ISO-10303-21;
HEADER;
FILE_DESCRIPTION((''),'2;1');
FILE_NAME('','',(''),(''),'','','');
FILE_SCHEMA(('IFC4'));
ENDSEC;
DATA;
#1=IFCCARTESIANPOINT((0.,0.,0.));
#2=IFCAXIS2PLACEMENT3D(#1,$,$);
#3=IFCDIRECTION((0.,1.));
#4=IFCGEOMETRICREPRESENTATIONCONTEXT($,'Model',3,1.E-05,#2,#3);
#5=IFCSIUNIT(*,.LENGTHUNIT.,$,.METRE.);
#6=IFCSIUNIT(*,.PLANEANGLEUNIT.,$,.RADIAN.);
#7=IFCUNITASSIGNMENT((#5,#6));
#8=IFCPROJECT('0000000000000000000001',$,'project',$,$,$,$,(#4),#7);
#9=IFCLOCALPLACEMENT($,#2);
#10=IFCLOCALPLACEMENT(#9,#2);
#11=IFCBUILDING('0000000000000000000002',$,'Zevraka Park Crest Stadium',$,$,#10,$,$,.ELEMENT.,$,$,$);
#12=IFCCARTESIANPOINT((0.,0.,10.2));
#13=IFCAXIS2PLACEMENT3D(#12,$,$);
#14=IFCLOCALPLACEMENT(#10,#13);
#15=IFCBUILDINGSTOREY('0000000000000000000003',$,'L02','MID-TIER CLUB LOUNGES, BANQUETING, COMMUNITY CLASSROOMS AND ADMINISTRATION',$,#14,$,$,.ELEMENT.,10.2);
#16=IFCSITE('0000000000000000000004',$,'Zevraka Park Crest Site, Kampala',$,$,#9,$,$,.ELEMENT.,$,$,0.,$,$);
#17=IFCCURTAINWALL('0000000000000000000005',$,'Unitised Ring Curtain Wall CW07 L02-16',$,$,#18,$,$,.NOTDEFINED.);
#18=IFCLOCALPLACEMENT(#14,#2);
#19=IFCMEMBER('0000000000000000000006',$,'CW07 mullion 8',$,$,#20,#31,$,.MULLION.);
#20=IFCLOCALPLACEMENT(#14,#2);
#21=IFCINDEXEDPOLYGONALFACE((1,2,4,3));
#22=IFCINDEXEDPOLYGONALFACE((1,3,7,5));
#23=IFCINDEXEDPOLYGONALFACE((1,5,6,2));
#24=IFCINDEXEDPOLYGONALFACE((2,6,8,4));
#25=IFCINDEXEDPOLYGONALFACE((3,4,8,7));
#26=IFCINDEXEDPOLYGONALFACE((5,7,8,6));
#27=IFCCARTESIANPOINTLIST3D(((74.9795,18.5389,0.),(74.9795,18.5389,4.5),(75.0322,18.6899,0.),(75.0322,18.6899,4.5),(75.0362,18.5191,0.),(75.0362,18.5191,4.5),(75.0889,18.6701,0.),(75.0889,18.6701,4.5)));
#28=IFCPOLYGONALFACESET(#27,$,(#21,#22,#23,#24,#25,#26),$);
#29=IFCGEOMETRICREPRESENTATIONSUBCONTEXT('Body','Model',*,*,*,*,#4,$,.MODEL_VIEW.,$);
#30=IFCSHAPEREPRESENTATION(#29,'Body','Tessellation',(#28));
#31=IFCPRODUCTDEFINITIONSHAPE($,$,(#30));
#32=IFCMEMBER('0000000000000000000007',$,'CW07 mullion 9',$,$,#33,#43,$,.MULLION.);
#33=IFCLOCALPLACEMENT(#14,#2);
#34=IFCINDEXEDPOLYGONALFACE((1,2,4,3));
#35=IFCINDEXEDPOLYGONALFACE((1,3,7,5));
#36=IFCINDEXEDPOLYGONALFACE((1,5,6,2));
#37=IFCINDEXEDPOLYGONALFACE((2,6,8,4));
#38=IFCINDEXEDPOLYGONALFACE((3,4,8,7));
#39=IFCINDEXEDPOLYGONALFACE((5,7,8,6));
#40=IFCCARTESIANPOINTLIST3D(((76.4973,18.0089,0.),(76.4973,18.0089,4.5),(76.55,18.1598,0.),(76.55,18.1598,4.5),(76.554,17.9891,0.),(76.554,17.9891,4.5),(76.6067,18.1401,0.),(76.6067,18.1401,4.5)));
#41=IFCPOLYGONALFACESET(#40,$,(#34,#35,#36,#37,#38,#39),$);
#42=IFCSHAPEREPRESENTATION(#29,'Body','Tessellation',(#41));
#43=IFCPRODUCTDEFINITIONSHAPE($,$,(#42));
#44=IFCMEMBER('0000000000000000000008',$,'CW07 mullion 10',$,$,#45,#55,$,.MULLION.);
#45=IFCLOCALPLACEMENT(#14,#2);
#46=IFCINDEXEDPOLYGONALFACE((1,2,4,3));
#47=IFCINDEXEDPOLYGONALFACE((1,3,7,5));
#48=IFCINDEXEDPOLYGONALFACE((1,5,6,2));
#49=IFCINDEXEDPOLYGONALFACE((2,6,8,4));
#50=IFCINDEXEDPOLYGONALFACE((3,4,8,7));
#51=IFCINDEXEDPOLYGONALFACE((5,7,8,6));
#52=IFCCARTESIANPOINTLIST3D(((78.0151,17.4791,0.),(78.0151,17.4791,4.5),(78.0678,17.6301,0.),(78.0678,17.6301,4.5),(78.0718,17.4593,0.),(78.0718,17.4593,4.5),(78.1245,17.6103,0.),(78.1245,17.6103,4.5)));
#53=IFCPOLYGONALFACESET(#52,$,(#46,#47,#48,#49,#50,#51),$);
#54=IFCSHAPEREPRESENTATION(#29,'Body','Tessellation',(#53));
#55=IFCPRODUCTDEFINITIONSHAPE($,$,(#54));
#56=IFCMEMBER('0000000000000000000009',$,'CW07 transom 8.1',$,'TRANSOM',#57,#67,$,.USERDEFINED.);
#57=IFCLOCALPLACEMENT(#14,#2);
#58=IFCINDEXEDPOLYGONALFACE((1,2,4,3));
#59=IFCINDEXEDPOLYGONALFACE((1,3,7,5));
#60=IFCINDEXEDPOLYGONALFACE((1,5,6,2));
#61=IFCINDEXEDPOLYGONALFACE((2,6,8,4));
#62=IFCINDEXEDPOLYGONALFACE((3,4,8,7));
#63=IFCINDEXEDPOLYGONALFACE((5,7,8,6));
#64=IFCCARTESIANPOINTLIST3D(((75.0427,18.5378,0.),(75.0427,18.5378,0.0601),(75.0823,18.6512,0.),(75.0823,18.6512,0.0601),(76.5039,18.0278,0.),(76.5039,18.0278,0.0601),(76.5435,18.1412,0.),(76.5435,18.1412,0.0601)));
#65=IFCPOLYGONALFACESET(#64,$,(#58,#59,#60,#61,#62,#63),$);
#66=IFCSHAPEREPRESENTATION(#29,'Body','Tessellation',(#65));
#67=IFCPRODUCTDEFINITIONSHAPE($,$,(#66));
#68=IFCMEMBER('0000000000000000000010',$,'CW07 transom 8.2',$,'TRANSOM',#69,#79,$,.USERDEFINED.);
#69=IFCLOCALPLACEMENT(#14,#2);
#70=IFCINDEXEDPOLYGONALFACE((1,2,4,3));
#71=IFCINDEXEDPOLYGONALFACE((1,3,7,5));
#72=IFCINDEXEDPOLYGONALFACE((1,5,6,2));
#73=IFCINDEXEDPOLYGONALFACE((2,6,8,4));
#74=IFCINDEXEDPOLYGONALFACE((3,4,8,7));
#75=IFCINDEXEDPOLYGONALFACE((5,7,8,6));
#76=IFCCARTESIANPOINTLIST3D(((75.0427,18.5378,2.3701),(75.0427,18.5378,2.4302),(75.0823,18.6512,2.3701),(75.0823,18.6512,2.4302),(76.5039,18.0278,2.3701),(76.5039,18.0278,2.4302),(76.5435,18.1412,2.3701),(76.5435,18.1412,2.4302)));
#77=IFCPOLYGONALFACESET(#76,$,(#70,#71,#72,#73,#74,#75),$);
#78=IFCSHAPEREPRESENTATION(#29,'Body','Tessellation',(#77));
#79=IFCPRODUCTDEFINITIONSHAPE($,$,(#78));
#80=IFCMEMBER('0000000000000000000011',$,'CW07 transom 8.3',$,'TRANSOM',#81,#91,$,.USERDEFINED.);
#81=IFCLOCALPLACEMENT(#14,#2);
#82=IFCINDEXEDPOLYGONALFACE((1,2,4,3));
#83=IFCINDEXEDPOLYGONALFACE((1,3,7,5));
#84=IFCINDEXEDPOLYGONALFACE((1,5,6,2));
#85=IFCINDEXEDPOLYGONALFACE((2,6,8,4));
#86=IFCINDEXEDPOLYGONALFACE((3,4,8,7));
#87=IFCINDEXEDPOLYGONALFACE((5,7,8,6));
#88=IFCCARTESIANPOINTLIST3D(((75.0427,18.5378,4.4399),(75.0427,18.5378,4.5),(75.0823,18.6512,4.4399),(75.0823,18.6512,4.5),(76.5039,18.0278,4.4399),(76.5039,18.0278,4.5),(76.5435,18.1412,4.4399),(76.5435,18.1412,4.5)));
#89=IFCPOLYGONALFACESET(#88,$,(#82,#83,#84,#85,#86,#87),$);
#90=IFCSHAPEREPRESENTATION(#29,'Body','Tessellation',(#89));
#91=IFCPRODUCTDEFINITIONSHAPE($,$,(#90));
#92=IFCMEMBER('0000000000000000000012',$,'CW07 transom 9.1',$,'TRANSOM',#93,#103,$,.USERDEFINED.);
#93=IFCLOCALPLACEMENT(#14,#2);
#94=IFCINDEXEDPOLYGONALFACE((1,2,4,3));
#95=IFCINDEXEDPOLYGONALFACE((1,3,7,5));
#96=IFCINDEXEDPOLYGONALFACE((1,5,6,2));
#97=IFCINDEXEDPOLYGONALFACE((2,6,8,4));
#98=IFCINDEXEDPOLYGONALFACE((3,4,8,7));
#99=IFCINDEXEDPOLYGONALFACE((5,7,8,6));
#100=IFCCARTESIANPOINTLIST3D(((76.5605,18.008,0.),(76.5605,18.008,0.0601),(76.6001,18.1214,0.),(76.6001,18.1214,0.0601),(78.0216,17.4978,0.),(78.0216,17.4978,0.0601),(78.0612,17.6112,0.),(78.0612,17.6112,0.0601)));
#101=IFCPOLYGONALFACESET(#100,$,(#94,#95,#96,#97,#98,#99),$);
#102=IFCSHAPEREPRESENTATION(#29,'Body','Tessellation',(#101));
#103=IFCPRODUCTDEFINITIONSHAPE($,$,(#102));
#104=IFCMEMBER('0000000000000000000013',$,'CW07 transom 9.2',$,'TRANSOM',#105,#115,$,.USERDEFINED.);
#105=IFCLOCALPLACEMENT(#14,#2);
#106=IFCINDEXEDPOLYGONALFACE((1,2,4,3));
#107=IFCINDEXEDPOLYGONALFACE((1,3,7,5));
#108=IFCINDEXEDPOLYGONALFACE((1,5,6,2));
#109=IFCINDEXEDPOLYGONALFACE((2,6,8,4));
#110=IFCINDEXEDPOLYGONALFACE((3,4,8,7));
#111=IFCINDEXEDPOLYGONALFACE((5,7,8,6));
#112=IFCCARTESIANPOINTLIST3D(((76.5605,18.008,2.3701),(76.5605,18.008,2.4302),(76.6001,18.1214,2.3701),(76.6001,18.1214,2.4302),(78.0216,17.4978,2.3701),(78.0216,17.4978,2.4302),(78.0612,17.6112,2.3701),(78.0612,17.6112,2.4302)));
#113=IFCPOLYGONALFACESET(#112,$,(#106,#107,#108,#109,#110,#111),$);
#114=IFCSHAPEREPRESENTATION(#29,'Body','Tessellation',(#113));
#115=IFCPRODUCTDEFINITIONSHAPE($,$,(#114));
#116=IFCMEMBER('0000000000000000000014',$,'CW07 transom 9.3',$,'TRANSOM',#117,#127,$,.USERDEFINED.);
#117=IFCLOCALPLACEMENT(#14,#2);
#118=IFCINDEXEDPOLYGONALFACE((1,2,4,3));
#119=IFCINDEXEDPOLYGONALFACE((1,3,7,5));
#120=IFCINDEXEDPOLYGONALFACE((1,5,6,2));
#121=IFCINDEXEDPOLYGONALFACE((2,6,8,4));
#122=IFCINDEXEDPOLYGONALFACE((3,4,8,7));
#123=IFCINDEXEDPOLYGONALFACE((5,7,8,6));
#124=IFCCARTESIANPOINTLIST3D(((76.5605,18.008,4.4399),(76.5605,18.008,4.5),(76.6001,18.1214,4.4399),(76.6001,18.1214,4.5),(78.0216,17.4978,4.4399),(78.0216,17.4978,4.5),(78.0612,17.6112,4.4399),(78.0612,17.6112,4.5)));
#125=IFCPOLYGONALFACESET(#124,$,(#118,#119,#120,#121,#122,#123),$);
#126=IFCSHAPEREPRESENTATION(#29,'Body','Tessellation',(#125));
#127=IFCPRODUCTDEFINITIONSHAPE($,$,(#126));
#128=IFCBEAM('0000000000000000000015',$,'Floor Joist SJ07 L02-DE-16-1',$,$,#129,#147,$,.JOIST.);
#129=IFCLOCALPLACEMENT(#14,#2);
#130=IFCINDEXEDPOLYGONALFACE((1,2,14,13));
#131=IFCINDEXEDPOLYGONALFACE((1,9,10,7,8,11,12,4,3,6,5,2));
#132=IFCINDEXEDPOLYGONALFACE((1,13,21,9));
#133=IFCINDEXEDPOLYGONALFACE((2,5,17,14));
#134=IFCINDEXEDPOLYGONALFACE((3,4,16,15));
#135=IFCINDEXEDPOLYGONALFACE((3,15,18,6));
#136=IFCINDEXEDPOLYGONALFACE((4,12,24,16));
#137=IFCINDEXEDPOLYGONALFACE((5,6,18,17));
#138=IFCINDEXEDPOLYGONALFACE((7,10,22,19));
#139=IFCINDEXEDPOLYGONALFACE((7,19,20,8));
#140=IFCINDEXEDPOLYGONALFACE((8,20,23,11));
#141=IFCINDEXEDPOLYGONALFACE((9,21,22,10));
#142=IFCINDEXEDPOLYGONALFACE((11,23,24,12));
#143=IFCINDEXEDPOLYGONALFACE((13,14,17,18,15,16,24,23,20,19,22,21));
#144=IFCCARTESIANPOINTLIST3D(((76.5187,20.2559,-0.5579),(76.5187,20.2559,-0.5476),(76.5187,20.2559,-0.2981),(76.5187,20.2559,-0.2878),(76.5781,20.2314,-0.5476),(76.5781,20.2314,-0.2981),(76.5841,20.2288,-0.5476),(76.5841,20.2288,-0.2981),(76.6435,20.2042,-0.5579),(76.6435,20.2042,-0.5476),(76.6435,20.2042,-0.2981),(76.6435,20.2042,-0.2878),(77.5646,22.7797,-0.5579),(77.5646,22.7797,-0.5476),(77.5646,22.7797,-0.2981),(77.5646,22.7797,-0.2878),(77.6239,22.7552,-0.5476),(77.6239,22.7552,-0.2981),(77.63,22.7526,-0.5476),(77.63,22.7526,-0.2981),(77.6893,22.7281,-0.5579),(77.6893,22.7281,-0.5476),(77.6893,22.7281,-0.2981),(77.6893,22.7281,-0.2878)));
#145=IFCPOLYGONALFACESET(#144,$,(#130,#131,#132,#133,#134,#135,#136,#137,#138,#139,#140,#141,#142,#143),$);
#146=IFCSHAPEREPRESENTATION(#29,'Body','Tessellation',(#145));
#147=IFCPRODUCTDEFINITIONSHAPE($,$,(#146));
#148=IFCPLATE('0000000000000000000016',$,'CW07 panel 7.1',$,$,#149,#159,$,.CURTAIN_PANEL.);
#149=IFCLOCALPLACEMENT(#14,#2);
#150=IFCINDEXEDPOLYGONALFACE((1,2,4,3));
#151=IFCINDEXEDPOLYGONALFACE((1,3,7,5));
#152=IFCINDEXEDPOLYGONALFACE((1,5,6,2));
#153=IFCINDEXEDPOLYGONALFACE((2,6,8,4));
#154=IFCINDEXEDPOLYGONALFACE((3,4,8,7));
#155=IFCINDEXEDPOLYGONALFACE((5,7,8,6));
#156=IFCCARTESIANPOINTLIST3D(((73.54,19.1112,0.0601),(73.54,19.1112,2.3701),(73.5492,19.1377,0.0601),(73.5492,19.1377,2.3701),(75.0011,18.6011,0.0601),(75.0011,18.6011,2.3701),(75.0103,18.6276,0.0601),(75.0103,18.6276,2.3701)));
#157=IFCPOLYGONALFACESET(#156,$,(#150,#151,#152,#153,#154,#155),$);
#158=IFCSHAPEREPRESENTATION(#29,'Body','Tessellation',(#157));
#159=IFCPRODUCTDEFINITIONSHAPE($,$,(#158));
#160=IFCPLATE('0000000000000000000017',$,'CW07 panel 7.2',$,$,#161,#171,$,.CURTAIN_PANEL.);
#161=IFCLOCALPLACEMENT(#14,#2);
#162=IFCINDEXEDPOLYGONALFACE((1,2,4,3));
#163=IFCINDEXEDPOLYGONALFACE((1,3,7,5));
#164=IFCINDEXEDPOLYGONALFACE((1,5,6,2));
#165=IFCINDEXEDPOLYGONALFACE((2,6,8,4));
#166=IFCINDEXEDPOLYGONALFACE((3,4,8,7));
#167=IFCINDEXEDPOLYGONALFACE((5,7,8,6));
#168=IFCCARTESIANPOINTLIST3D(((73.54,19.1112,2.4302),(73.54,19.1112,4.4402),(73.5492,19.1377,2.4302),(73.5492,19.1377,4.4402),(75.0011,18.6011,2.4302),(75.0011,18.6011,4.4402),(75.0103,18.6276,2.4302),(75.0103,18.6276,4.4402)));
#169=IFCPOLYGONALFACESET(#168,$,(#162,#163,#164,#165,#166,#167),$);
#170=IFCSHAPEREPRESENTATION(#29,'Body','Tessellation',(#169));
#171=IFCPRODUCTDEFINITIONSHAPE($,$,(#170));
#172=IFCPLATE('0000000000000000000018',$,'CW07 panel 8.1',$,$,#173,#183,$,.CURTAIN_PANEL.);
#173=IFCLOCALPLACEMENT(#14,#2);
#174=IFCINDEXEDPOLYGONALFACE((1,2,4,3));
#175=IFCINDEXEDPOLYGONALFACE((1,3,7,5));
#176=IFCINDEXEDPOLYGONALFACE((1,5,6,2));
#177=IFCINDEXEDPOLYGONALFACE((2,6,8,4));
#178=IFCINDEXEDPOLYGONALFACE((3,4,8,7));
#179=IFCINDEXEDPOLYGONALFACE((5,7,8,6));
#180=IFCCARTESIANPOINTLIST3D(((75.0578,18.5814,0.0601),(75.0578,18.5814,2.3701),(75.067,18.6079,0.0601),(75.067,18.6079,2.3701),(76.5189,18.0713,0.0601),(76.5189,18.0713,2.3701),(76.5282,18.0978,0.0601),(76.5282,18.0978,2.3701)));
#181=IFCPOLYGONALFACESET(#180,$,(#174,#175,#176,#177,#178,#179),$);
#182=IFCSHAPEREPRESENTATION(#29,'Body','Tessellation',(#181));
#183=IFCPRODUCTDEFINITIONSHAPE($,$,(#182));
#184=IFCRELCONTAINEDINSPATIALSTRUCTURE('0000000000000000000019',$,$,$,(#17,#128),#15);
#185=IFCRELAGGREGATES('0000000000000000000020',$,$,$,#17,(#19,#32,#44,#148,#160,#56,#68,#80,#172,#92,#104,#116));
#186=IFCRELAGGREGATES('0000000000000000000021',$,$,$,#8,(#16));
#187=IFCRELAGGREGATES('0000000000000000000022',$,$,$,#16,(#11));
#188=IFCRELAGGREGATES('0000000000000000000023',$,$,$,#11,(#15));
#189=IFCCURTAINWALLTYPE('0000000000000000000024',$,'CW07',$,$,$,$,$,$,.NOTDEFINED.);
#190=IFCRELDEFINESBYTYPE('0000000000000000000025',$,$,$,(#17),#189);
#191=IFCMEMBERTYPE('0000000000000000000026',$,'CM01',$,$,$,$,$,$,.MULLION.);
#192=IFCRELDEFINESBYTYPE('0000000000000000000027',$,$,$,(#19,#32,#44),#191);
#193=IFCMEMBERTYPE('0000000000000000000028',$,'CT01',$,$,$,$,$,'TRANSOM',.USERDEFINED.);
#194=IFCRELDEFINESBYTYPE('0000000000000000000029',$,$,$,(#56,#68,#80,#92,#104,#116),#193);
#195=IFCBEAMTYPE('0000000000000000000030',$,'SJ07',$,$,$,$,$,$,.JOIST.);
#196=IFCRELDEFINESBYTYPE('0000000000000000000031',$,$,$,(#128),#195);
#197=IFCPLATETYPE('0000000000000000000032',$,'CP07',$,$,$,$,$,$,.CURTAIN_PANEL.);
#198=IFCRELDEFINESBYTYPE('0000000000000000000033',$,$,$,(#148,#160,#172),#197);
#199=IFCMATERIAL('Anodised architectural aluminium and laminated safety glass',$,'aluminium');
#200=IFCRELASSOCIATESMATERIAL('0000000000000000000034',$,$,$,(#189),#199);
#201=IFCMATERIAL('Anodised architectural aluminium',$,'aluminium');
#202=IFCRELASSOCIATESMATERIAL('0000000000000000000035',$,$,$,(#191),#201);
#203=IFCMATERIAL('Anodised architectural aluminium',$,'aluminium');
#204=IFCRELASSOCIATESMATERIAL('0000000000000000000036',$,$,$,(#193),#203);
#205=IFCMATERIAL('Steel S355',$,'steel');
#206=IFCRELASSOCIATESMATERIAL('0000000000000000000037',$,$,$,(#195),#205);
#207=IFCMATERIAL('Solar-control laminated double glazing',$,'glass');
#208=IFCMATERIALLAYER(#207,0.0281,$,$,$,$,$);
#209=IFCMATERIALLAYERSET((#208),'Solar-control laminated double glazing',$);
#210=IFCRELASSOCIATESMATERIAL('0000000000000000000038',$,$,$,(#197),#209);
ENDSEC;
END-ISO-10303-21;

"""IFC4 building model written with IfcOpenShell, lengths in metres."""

from ifc_helpers import new_model, si_unit, direction, frame, origin, origin_2d, place, context, subcontext, project, spatial, rectangle, i_section, extrude, material, layer, layer_set, material_profile, profile_set, type_object, element, aggregate, save


model = new_model("IFC4")

# Units and contexts
model_context = context("Model", 3, precision=1e-05, world=origin(), true_north=direction((0.0, 1.0)))
body_context = subcontext(model_context, "Body", "Model", "MODEL_VIEW")
ifc_project = project(units=[si_unit("LENGTHUNIT", "METRE"), si_unit("PLANEANGLEUNIT", "RADIAN")], contexts=[model_context])

# Site, building, storey
site_placement = place(None, origin())
site = spatial("IfcSite", under=ifc_project, at=site_placement, Name="Zevraka Park Crest Site, Kampala", CompositionType="ELEMENT", RefElevation=0.0)
building_placement = place(site_placement, origin())
building = spatial("IfcBuilding", under=site, at=building_placement, Name="Zevraka Park Crest Stadium", CompositionType="ELEMENT")
storey_placement = place(building_placement, frame((0.0, 0.0, 10.2)))
storey = spatial("IfcBuildingStorey", under=building, at=storey_placement, Name="L02", Description="MID-TIER CLUB LOUNGES, BANQUETING, COMMUNITY CLASSROOMS AND ADMINISTRATION", CompositionType="ELEMENT", Elevation=10.2)

# Curtain wall, members
ifc_material_1 = material(Name="Anodised architectural aluminium and laminated safety glass", Category="aluminium")
curtain_wall_type = type_object("IfcCurtainWallType", Name="CW07", PredefinedType="NOTDEFINED", material=ifc_material_1)
curtain_wall_placement = place(storey_placement, origin())
curtain_wall = element("IfcCurtainWall", 1, at=curtain_wall_placement, inside=storey, type_object=curtain_wall_type, Name="Unitised Ring Curtain Wall CW07 L02-16", PredefinedType="NOTDEFINED")
ifc_material_2 = material(Name="Anodised architectural aluminium", Category="aluminium")
ifc_material_profile_1 = material_profile(ifc_material_2, rectangle(XDim=0.1599, YDim=0.0601, at=origin_2d()), Name="ALU MULLION 160x60")
ifc_profile_set_1 = profile_set([ifc_material_profile_1], Name="Anodised architectural aluminium")
member_type_1 = type_object("IfcMemberType", Name="CM01", PredefinedType="MULLION", material=ifc_profile_set_1)
member_1_placement = place(storey_placement, frame((75.0342, 18.6045, 0.0), z_axis=(0.0, 0.0, 1.0), x_axis=(0.329619, 0.944114, 0.0)))
member_1 = element("IfcMember", 2, at=member_1_placement, type_object=member_type_1, Name="CW07 mullion 8", PredefinedType="MULLION", context=body_context, shape_type="SweptSolid", body=[
    extrude(rectangle(XDim=0.1599, YDim=0.0601, at=origin_2d()), origin(), (0.0, 0.0, 1.0), 4.5),
])
member_2_placement = place(storey_placement, frame((76.552, 18.0745, 0.0), z_axis=(0.0, 0.0, 1.0), x_axis=(0.329619, 0.944114, 0.0)))
member_2 = element("IfcMember", 3, at=member_2_placement, type_object=member_type_1, Name="CW07 mullion 9", PredefinedType="MULLION", context=body_context, shape_type="SweptSolid", body=[
    extrude(rectangle(XDim=0.1599, YDim=0.0601, at=origin_2d()), origin(), (0.0, 0.0, 1.0), 4.5),
])
member_3_placement = place(storey_placement, frame((78.0698, 17.5447, 0.0), z_axis=(0.0, 0.0, 1.0), x_axis=(0.329619, 0.944114, 0.0)))
member_3 = element("IfcMember", 4, at=member_3_placement, type_object=member_type_1, Name="CW07 mullion 10", PredefinedType="MULLION", context=body_context, shape_type="SweptSolid", body=[
    extrude(rectangle(XDim=0.1599, YDim=0.0601, at=origin_2d()), origin(), (0.0, 0.0, 1.0), 4.5),
])
ifc_material_3 = material(Name="Anodised architectural aluminium", Category="aluminium")
ifc_material_profile_2 = material_profile(ifc_material_3, rectangle(XDim=0.1201, YDim=0.0601, at=origin_2d()), Name="ALU TRANSOM 120x60")
ifc_profile_set_2 = profile_set([ifc_material_profile_2], Name="Anodised architectural aluminium")
member_type_2 = type_object("IfcMemberType", Name="CT01", ElementType="TRANSOM", PredefinedType="USERDEFINED", material=ifc_profile_set_2)
member_4_placement = place(storey_placement, frame((75.0625, 18.5945, 0.03), z_axis=(0.944141, -0.329542, 0.0), x_axis=(0.329542, 0.944141, 0.0)))
member_4 = element("IfcMember", 5, at=member_4_placement, type_object=member_type_2, Name="CW07 transom 8.1", ObjectType="TRANSOM", PredefinedType="USERDEFINED", context=body_context, shape_type="SweptSolid", body=[
    extrude(rectangle(XDim=0.1201, YDim=0.0601, at=origin_2d()), origin(), (0.0, 0.0, 1.0), 1.5476),
])
member_5_placement = place(storey_placement, frame((75.0625, 18.5945, 2.4001), z_axis=(0.944141, -0.329542, 0.0), x_axis=(0.329542, 0.944141, 0.0)))
member_5 = element("IfcMember", 6, at=member_5_placement, type_object=member_type_2, Name="CW07 transom 8.2", ObjectType="TRANSOM", PredefinedType="USERDEFINED", context=body_context, shape_type="SweptSolid", body=[
    extrude(rectangle(XDim=0.1201, YDim=0.0601, at=origin_2d()), origin(), (0.0, 0.0, 1.0), 1.5476),
])
member_6_placement = place(storey_placement, frame((75.0625, 18.5945, 4.47), z_axis=(0.944141, -0.329542, 0.0), x_axis=(0.329542, 0.944141, 0.0)))
member_6 = element("IfcMember", 7, at=member_6_placement, type_object=member_type_2, Name="CW07 transom 8.3", ObjectType="TRANSOM", PredefinedType="USERDEFINED", context=body_context, shape_type="SweptSolid", body=[
    extrude(rectangle(XDim=0.1201, YDim=0.0601, at=origin_2d()), origin(), (0.0, 0.0, 1.0), 1.5476),
])
member_7_placement = place(storey_placement, frame((76.5803, 18.0647, 0.03), z_axis=(0.944092, -0.329683, 0.0), x_axis=(0.329683, 0.944092, 0.0)))
member_7 = element("IfcMember", 8, at=member_7_placement, type_object=member_type_2, Name="CW07 transom 9.1", ObjectType="TRANSOM", PredefinedType="USERDEFINED", context=body_context, shape_type="SweptSolid", body=[
    extrude(rectangle(XDim=0.1201, YDim=0.0601, at=origin_2d()), origin(), (0.0, 0.0, 1.0), 1.5476),
])
member_8_placement = place(storey_placement, frame((76.5803, 18.0647, 2.4001), z_axis=(0.944092, -0.329683, 0.0), x_axis=(0.329683, 0.944092, 0.0)))
member_8 = element("IfcMember", 9, at=member_8_placement, type_object=member_type_2, Name="CW07 transom 9.2", ObjectType="TRANSOM", PredefinedType="USERDEFINED", context=body_context, shape_type="SweptSolid", body=[
    extrude(rectangle(XDim=0.1201, YDim=0.0601, at=origin_2d()), origin(), (0.0, 0.0, 1.0), 1.5476),
])
member_9_placement = place(storey_placement, frame((76.5803, 18.0647, 4.47), z_axis=(0.944092, -0.329683, 0.0), x_axis=(0.329683, 0.944092, 0.0)))
member_9 = element("IfcMember", 10, at=member_9_placement, type_object=member_type_2, Name="CW07 transom 9.3", ObjectType="TRANSOM", PredefinedType="USERDEFINED", context=body_context, shape_type="SweptSolid", body=[
    extrude(rectangle(XDim=0.1201, YDim=0.0601, at=origin_2d()), origin(), (0.0, 0.0, 1.0), 1.5476),
])

# Beam
ifc_material_4 = material(Name="Steel S355", Category="steel")
ifc_material_profile_3 = material_profile(ifc_material_4, i_section(OverallWidth=0.135, OverallDepth=0.27, WebThickness=0.0066, FlangeThickness=0.0103, at=origin_2d()), Name="IPE 270")
ifc_profile_set_3 = profile_set([ifc_material_profile_3], Name="Steel S355")
beam_type = type_object("IfcBeamType", Name="SJ07", PredefinedType="JOIST", material=ifc_profile_set_3)
beam_placement = place(storey_placement, frame((77.627, 22.7539, -0.4229), z_axis=(-0.382825, -0.923821, 0.0), x_axis=(0.923821, -0.382825, 0.0)))
element("IfcBeam", 11, at=beam_placement, inside=storey, type_object=beam_type, Name="Floor Joist SJ07 L02-DE-16-1", PredefinedType="JOIST", context=body_context, shape_type="SweptSolid", body=[
    extrude(i_section(OverallWidth=0.135, OverallDepth=0.27, WebThickness=0.0066, FlangeThickness=0.0103, at=origin_2d()), origin(), (0.0, 0.0, 1.0), 2.7319),
])

# Plates
ifc_material_5 = material(Name="Solar-control laminated double glazing", Category="glass")
ifc_layer_1 = layer(ifc_material_5, 0.0281)
ifc_layer_set_1 = layer_set([ifc_layer_1], Name="Solar-control laminated double glazing")
plate_type = type_object("IfcPlateType", Name="CP07", PredefinedType="CURTAIN_PANEL", material=ifc_layer_set_1)
plate_1_placement = place(storey_placement, frame((74.2751, 18.8694, 0.0601), z_axis=(0.0, 0.0, 1.0), x_axis=(0.944114, -0.329619, 0.0)))
plate_1 = element("IfcPlate", 12, at=plate_1_placement, type_object=plate_type, Name="CW07 panel 7.1", PredefinedType="CURTAIN_PANEL", context=body_context, shape_type="SweptSolid", body=[
    extrude(rectangle(XDim=1.5476, YDim=0.0281, at=origin_2d()), origin(), (0.0, 0.0, 1.0), 2.3101),
])
plate_2_placement = place(storey_placement, frame((74.2751, 18.8694, 2.4302), z_axis=(0.0, 0.0, 1.0), x_axis=(0.944114, -0.329619, 0.0)))
plate_2 = element("IfcPlate", 13, at=plate_2_placement, type_object=plate_type, Name="CW07 panel 7.2", PredefinedType="CURTAIN_PANEL", context=body_context, shape_type="SweptSolid", body=[
    extrude(rectangle(XDim=1.5476, YDim=0.0281, at=origin_2d()), origin(), (0.0, 0.0, 1.0), 2.01),
])
plate_3_placement = place(storey_placement, frame((75.793, 18.3396, 0.0601), z_axis=(0.0, 0.0, 1.0), x_axis=(0.944114, -0.329619, 0.0)))
plate_3 = element("IfcPlate", 14, at=plate_3_placement, type_object=plate_type, Name="CW07 panel 8.1", PredefinedType="CURTAIN_PANEL", context=body_context, shape_type="SweptSolid", body=[
    extrude(rectangle(XDim=1.5476, YDim=0.0281, at=origin_2d()), origin(), (0.0, 0.0, 1.0), 2.3101),
])
aggregate(curtain_wall, [member_1, member_2, member_3, plate_1, plate_2, member_4, member_5, member_6, plate_3, member_7, member_8, member_9])

save(model, "model.ifc")
